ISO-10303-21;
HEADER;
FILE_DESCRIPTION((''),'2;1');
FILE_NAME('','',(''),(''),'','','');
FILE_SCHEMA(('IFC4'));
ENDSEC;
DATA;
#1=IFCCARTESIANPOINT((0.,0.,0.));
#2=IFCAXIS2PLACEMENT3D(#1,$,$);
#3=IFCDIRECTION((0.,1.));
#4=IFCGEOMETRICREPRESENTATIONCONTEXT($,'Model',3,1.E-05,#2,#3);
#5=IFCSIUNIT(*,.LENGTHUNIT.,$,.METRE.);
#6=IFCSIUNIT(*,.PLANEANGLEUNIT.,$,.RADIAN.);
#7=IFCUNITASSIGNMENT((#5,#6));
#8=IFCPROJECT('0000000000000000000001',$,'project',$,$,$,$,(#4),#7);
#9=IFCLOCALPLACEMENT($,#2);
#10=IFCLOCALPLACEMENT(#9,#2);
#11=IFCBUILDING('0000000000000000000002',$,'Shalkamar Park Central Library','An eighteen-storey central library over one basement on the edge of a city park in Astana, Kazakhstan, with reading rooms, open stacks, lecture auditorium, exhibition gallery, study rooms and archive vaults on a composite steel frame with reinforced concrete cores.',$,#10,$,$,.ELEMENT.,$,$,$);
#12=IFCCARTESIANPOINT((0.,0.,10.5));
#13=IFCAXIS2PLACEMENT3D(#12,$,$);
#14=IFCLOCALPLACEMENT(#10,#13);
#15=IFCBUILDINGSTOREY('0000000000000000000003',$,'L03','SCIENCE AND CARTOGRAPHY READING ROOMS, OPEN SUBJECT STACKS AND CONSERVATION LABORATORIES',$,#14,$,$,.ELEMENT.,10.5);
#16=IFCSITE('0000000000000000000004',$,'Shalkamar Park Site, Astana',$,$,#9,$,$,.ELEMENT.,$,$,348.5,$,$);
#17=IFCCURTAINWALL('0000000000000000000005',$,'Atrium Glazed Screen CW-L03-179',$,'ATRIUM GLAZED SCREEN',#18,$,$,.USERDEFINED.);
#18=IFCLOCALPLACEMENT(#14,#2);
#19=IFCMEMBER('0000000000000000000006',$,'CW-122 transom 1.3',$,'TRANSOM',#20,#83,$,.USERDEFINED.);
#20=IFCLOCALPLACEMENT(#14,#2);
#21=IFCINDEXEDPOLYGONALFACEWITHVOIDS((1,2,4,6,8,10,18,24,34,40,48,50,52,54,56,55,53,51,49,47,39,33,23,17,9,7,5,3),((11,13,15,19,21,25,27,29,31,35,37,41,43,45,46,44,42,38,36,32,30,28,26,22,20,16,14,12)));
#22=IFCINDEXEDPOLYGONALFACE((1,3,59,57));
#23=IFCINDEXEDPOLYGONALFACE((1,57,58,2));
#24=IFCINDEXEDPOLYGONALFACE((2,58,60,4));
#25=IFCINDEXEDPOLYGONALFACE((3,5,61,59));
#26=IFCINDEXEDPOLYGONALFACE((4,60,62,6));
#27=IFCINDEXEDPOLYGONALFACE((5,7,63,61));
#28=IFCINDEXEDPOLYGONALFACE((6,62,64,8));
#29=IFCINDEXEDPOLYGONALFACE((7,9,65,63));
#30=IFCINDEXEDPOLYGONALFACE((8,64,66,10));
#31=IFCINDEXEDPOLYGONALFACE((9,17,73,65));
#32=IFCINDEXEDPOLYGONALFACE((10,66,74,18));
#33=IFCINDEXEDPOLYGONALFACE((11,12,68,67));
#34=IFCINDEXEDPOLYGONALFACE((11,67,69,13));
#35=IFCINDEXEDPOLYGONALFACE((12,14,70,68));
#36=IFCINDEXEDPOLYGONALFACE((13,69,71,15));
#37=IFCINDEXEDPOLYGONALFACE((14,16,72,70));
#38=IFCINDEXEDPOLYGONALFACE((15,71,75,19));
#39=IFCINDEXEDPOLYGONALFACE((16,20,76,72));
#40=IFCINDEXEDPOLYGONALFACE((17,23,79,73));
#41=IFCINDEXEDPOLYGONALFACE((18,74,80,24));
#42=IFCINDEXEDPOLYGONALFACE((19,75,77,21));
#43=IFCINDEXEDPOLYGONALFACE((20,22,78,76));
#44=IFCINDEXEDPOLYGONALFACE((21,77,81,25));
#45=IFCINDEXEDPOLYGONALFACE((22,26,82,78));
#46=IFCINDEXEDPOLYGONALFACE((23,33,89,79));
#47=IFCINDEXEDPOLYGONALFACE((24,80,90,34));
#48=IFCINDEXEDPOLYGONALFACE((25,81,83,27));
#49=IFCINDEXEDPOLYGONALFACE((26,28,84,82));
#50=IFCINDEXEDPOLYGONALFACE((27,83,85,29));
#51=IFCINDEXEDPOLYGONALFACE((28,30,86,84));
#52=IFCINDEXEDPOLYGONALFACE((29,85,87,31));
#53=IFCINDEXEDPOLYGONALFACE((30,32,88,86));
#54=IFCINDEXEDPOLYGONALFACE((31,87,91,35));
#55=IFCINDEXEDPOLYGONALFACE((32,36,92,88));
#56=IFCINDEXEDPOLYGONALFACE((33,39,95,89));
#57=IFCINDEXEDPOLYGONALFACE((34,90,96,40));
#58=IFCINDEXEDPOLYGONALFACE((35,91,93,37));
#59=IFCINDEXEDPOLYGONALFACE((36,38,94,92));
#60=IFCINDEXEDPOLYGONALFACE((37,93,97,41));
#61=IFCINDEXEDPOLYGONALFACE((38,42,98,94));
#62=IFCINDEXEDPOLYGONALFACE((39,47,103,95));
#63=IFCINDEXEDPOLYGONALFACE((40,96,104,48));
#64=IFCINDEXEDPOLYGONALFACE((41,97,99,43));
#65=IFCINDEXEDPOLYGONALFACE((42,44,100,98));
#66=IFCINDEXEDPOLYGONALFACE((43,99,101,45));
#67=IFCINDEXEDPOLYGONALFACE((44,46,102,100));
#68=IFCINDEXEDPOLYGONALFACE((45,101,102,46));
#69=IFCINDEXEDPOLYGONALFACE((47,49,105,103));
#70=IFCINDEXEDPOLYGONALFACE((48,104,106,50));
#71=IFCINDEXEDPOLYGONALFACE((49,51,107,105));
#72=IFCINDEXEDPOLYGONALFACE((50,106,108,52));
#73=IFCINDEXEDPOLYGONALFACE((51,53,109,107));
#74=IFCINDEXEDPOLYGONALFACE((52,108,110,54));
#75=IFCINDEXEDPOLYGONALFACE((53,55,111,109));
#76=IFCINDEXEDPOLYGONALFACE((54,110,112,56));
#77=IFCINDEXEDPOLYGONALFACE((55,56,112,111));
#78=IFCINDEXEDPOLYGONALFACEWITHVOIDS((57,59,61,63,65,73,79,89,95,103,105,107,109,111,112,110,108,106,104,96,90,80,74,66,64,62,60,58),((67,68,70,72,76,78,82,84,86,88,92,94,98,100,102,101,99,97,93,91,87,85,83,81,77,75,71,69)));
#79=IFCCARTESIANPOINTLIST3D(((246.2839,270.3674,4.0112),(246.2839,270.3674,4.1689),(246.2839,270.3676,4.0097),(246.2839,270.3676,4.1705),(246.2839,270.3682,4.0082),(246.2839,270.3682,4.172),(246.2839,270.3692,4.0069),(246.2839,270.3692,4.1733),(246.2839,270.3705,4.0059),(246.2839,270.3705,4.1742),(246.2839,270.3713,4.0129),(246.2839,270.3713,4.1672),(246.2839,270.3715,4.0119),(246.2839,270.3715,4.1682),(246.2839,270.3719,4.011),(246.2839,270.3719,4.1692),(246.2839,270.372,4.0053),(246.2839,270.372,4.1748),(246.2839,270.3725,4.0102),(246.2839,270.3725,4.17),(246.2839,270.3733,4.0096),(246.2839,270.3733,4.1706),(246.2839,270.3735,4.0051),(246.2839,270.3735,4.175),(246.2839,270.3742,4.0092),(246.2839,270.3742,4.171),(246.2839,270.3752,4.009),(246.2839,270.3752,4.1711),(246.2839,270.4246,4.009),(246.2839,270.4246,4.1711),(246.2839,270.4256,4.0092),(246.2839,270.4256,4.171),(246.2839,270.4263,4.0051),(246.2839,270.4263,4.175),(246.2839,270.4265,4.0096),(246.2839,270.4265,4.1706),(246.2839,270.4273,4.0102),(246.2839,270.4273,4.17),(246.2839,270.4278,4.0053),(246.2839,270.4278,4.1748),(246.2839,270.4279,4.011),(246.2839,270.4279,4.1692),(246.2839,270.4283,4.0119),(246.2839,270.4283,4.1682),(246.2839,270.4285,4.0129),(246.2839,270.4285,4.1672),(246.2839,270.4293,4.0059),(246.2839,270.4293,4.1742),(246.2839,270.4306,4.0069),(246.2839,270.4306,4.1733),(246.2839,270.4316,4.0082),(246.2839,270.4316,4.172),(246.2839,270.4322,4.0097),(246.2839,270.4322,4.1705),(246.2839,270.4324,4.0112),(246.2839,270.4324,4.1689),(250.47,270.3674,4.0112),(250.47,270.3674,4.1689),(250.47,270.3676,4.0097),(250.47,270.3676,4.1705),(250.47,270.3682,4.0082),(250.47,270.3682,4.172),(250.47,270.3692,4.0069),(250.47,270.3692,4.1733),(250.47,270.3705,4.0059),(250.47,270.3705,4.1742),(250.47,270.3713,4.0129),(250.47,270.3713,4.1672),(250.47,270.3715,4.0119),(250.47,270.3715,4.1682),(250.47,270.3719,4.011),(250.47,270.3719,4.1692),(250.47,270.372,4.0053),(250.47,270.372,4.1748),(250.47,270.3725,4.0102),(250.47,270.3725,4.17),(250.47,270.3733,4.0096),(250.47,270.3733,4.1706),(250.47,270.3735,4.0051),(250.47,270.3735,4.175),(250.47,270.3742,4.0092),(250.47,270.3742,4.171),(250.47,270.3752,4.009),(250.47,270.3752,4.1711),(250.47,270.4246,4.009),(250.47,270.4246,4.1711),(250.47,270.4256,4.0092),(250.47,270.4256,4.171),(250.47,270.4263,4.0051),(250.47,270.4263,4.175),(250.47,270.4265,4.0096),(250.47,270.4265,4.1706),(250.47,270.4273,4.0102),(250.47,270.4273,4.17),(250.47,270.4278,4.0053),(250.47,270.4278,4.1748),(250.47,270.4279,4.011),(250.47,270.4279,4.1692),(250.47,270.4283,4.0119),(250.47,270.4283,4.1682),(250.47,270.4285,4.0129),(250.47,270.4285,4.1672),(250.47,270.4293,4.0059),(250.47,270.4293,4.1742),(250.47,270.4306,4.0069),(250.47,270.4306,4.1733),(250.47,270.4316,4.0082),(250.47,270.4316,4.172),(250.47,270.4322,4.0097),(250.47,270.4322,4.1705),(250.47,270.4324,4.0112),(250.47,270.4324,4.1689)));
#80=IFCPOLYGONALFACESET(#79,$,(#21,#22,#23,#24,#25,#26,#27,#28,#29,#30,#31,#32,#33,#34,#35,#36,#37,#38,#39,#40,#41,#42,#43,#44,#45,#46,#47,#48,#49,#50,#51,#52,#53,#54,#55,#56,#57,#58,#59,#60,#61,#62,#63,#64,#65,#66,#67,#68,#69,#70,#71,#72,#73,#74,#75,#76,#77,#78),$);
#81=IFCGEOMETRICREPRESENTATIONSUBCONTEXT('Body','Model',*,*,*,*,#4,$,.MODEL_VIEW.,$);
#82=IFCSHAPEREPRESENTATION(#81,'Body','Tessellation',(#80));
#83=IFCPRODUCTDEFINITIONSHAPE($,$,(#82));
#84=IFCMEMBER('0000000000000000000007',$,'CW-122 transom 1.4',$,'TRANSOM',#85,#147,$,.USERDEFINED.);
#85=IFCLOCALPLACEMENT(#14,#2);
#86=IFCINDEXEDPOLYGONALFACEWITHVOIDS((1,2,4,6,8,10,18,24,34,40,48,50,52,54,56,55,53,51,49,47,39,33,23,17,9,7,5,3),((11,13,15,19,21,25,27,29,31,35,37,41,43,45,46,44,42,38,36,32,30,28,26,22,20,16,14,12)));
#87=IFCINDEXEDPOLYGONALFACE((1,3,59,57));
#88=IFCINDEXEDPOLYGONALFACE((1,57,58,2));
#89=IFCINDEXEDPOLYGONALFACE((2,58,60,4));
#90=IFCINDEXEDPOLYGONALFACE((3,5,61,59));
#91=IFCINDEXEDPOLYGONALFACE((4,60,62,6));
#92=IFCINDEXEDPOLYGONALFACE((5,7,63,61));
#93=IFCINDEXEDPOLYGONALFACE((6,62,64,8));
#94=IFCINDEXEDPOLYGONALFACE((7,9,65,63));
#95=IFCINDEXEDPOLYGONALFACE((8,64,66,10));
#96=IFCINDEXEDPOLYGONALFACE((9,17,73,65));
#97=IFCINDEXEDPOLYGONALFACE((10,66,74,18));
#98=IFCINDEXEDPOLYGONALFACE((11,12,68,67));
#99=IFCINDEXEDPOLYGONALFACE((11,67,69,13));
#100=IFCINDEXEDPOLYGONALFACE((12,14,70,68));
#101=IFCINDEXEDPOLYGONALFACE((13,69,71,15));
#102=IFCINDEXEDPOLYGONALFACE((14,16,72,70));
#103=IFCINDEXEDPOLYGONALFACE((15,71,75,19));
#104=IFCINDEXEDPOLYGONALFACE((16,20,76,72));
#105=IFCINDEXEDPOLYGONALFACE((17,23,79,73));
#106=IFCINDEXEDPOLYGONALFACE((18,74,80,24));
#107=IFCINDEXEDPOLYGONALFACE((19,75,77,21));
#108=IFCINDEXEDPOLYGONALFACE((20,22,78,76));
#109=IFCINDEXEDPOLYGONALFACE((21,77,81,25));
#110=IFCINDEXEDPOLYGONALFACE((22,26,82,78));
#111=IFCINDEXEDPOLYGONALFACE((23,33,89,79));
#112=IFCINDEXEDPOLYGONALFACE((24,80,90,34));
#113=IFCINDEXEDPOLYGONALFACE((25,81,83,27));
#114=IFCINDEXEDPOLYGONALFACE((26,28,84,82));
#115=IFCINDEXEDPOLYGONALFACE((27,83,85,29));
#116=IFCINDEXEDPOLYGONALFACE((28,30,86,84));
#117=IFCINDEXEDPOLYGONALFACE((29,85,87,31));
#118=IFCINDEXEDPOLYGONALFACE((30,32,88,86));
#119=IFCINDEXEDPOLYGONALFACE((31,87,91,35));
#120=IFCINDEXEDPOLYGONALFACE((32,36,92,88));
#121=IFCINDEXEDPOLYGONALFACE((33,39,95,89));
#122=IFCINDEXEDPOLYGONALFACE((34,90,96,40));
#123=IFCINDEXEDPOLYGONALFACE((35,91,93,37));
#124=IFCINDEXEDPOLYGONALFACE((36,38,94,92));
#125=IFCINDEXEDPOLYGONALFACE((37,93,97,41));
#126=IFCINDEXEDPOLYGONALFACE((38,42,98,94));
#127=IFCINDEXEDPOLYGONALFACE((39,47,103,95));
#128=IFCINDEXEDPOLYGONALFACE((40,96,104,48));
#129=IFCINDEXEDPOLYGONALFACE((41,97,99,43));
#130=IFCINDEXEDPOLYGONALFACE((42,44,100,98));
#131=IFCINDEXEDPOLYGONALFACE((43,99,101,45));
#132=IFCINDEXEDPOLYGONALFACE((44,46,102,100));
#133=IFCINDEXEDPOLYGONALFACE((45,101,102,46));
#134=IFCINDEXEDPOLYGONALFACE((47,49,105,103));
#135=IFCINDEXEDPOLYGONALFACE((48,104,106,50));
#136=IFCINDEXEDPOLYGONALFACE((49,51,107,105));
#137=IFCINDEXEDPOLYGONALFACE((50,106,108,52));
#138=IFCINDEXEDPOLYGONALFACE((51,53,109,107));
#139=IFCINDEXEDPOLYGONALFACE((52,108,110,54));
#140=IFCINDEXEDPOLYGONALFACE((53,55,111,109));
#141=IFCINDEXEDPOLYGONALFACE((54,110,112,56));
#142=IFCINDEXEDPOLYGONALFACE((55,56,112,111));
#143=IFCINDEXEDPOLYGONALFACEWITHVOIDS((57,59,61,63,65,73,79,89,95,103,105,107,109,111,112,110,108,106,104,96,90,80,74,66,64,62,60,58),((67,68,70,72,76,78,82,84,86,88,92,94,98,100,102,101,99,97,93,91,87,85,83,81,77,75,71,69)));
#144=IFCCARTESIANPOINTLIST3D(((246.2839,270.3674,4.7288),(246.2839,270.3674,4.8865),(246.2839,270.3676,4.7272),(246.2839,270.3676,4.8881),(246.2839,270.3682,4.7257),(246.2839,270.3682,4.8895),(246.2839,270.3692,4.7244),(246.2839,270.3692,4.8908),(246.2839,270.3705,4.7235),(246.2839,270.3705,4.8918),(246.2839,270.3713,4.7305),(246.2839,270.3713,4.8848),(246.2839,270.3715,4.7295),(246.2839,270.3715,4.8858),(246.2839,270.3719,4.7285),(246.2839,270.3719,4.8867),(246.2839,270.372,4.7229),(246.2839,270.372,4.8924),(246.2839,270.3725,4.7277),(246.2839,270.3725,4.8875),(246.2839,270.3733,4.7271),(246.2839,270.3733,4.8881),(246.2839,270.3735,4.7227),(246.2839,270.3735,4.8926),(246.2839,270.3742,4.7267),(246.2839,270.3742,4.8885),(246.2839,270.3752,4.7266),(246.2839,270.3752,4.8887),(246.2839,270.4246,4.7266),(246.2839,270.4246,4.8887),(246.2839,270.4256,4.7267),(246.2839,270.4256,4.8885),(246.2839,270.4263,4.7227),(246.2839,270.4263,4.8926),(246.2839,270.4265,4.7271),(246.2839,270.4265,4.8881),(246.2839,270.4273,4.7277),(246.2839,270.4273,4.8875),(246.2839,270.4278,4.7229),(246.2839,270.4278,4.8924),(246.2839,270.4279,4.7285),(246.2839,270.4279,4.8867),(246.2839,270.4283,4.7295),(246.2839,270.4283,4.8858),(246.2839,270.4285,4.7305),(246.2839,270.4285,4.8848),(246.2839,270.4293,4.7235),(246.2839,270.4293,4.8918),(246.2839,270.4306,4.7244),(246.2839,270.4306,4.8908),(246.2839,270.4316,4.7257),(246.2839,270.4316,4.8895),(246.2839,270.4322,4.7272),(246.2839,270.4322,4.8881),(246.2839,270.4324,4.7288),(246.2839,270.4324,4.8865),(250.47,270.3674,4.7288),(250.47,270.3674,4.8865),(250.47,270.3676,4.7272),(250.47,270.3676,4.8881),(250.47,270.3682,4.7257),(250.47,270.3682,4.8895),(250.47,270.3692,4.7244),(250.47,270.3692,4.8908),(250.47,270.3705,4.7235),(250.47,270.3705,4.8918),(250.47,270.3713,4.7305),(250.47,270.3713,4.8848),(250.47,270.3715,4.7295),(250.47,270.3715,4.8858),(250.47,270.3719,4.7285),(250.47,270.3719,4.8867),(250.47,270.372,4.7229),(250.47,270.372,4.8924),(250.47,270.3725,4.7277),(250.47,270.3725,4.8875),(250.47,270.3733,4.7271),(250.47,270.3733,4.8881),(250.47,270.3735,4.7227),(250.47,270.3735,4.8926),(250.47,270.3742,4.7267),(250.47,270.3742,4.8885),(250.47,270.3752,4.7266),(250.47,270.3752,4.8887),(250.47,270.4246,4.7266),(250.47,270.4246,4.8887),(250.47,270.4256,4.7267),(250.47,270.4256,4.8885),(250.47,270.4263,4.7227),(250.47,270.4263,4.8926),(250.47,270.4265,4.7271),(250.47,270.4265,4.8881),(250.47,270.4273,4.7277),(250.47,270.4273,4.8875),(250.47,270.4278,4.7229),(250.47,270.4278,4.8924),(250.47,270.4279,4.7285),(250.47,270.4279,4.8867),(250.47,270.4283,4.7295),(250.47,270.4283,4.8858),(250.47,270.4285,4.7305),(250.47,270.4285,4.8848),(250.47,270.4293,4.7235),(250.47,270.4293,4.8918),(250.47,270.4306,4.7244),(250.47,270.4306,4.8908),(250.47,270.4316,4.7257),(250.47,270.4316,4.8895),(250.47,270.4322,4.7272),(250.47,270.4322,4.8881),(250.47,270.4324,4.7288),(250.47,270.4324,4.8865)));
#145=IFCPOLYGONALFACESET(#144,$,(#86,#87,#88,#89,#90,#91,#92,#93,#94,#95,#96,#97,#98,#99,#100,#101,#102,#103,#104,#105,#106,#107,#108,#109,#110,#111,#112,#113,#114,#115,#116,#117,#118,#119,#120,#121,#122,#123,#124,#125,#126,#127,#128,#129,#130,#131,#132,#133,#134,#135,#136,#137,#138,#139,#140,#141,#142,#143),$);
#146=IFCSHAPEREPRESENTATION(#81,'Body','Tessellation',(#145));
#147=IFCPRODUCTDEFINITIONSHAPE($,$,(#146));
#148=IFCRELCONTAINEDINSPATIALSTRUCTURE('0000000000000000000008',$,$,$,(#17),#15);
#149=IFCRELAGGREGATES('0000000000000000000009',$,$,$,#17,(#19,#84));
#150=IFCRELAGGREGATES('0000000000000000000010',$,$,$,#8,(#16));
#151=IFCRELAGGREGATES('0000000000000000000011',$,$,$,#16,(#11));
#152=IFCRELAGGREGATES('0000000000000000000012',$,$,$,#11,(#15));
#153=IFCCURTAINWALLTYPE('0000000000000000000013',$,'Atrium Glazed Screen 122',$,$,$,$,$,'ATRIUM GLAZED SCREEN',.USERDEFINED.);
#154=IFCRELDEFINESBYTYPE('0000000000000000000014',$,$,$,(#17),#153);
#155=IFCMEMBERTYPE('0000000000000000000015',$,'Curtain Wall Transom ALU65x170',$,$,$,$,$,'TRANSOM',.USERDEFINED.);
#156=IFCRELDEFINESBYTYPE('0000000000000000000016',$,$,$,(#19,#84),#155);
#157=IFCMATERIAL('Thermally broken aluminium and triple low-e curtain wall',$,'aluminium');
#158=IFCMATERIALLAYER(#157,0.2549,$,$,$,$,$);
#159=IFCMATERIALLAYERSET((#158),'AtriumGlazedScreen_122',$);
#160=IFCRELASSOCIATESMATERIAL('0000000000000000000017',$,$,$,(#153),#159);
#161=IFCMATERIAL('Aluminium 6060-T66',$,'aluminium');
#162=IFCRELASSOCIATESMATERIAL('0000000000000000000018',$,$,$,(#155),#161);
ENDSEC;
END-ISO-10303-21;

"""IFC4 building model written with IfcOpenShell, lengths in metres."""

from ifc_helpers import new_model, si_unit, direction, frame, origin, origin_2d, place, context, subcontext, project, spatial, hollow_rectangle, extrude, material, layer, layer_set, material_profile, profile_set, type_object, element, aggregate, save


model = new_model("IFC4")

# Units and contexts
model_context = context("Model", 3, precision=1e-05, world=origin(), true_north=direction((0.0, 1.0)))
body_context = subcontext(model_context, "Body", "Model", "MODEL_VIEW")
ifc_project = project(units=[si_unit("LENGTHUNIT", "METRE"), si_unit("PLANEANGLEUNIT", "RADIAN")], contexts=[model_context])

# Site, building, storey
site_placement = place(None, origin())
site = spatial("IfcSite", under=ifc_project, at=site_placement, Name="Shalkamar Park Site, Astana", CompositionType="ELEMENT", RefElevation=348.5)
building_placement = place(site_placement, origin())
building = spatial("IfcBuilding", under=site, at=building_placement, Name="Shalkamar Park Central Library", Description="An eighteen-storey central library over one basement on the edge of a city park in Astana, Kazakhstan, with reading rooms, open stacks, lecture auditorium, exhibition gallery, study rooms and archive vaults on a composite steel frame with reinforced concrete cores.", CompositionType="ELEMENT")
storey_placement = place(building_placement, frame((0.0, 0.0, 10.5)))
storey = spatial("IfcBuildingStorey", under=building, at=storey_placement, Name="L03", Description="SCIENCE AND CARTOGRAPHY READING ROOMS, OPEN SUBJECT STACKS AND CONSERVATION LABORATORIES", CompositionType="ELEMENT", Elevation=10.5)

# Curtain wall, members
ifc_material_1 = material(Name="Thermally broken aluminium and triple low-e curtain wall", Category="aluminium")
ifc_layer_1 = layer(ifc_material_1, 0.2549)
ifc_layer_set_1 = layer_set([ifc_layer_1], Name="AtriumGlazedScreen_122")
curtain_wall_type = type_object("IfcCurtainWallType", Name="Atrium Glazed Screen 122", ElementType="ATRIUM GLAZED SCREEN", PredefinedType="USERDEFINED", material=ifc_layer_set_1)
curtain_wall_placement = place(storey_placement, origin())
curtain_wall = element("IfcCurtainWall", 1, at=curtain_wall_placement, inside=storey, type_object=curtain_wall_type, Name="Atrium Glazed Screen CW-L03-179", ObjectType="ATRIUM GLAZED SCREEN", PredefinedType="USERDEFINED")
ifc_material_2 = material(Name="Aluminium 6060-T66", Category="aluminium")
ifc_material_profile_1 = material_profile(ifc_material_2, hollow_rectangle(XDim=0.0649, YDim=0.1699, WallThickness=0.0039, InnerFilletRadius=0.0039, OuterFilletRadius=0.0061, at=origin_2d()), Name="ALU 65x170x4")
ifc_profile_set_1 = profile_set([ifc_material_profile_1], Name="Aluminium 6060-T66")
member_type_1 = type_object("IfcMemberType", Name="Curtain Wall Transom ALU65x170", ElementType="TRANSOM", PredefinedType="USERDEFINED", material=ifc_profile_set_1)
member_1_placement = place(storey_placement, frame((246.2839, 270.3999, 4.0901), z_axis=(1.0, 0.0, 0.0), x_axis=(0.0, 1.0, 0.0)))
member_1 = element("IfcMember", 2, at=member_1_placement, type_object=member_type_1, Name="CW-122 transom 1.3", ObjectType="TRANSOM", PredefinedType="USERDEFINED", context=body_context, shape_type="SweptSolid", body=[
    extrude(hollow_rectangle(XDim=0.0649, YDim=0.1699, WallThickness=0.0039, InnerFilletRadius=0.0039, OuterFilletRadius=0.0061, at=origin_2d()), origin(), (0.0, 0.0, 1.0), 4.186),
])
member_2_placement = place(storey_placement, frame((246.2839, 270.3999, 4.8076), z_axis=(1.0, 0.0, 0.0), x_axis=(0.0, 1.0, 0.0)))
member_2 = element("IfcMember", 3, at=member_2_placement, type_object=member_type_1, Name="CW-122 transom 1.4", ObjectType="TRANSOM", PredefinedType="USERDEFINED", context=body_context, shape_type="SweptSolid", body=[
    extrude(hollow_rectangle(XDim=0.0649, YDim=0.1699, WallThickness=0.0039, InnerFilletRadius=0.0039, OuterFilletRadius=0.0061, at=origin_2d()), origin(), (0.0, 0.0, 1.0), 4.186),
])

aggregate(curtain_wall, [member_1, member_2])

save(model, "model.ifc")
